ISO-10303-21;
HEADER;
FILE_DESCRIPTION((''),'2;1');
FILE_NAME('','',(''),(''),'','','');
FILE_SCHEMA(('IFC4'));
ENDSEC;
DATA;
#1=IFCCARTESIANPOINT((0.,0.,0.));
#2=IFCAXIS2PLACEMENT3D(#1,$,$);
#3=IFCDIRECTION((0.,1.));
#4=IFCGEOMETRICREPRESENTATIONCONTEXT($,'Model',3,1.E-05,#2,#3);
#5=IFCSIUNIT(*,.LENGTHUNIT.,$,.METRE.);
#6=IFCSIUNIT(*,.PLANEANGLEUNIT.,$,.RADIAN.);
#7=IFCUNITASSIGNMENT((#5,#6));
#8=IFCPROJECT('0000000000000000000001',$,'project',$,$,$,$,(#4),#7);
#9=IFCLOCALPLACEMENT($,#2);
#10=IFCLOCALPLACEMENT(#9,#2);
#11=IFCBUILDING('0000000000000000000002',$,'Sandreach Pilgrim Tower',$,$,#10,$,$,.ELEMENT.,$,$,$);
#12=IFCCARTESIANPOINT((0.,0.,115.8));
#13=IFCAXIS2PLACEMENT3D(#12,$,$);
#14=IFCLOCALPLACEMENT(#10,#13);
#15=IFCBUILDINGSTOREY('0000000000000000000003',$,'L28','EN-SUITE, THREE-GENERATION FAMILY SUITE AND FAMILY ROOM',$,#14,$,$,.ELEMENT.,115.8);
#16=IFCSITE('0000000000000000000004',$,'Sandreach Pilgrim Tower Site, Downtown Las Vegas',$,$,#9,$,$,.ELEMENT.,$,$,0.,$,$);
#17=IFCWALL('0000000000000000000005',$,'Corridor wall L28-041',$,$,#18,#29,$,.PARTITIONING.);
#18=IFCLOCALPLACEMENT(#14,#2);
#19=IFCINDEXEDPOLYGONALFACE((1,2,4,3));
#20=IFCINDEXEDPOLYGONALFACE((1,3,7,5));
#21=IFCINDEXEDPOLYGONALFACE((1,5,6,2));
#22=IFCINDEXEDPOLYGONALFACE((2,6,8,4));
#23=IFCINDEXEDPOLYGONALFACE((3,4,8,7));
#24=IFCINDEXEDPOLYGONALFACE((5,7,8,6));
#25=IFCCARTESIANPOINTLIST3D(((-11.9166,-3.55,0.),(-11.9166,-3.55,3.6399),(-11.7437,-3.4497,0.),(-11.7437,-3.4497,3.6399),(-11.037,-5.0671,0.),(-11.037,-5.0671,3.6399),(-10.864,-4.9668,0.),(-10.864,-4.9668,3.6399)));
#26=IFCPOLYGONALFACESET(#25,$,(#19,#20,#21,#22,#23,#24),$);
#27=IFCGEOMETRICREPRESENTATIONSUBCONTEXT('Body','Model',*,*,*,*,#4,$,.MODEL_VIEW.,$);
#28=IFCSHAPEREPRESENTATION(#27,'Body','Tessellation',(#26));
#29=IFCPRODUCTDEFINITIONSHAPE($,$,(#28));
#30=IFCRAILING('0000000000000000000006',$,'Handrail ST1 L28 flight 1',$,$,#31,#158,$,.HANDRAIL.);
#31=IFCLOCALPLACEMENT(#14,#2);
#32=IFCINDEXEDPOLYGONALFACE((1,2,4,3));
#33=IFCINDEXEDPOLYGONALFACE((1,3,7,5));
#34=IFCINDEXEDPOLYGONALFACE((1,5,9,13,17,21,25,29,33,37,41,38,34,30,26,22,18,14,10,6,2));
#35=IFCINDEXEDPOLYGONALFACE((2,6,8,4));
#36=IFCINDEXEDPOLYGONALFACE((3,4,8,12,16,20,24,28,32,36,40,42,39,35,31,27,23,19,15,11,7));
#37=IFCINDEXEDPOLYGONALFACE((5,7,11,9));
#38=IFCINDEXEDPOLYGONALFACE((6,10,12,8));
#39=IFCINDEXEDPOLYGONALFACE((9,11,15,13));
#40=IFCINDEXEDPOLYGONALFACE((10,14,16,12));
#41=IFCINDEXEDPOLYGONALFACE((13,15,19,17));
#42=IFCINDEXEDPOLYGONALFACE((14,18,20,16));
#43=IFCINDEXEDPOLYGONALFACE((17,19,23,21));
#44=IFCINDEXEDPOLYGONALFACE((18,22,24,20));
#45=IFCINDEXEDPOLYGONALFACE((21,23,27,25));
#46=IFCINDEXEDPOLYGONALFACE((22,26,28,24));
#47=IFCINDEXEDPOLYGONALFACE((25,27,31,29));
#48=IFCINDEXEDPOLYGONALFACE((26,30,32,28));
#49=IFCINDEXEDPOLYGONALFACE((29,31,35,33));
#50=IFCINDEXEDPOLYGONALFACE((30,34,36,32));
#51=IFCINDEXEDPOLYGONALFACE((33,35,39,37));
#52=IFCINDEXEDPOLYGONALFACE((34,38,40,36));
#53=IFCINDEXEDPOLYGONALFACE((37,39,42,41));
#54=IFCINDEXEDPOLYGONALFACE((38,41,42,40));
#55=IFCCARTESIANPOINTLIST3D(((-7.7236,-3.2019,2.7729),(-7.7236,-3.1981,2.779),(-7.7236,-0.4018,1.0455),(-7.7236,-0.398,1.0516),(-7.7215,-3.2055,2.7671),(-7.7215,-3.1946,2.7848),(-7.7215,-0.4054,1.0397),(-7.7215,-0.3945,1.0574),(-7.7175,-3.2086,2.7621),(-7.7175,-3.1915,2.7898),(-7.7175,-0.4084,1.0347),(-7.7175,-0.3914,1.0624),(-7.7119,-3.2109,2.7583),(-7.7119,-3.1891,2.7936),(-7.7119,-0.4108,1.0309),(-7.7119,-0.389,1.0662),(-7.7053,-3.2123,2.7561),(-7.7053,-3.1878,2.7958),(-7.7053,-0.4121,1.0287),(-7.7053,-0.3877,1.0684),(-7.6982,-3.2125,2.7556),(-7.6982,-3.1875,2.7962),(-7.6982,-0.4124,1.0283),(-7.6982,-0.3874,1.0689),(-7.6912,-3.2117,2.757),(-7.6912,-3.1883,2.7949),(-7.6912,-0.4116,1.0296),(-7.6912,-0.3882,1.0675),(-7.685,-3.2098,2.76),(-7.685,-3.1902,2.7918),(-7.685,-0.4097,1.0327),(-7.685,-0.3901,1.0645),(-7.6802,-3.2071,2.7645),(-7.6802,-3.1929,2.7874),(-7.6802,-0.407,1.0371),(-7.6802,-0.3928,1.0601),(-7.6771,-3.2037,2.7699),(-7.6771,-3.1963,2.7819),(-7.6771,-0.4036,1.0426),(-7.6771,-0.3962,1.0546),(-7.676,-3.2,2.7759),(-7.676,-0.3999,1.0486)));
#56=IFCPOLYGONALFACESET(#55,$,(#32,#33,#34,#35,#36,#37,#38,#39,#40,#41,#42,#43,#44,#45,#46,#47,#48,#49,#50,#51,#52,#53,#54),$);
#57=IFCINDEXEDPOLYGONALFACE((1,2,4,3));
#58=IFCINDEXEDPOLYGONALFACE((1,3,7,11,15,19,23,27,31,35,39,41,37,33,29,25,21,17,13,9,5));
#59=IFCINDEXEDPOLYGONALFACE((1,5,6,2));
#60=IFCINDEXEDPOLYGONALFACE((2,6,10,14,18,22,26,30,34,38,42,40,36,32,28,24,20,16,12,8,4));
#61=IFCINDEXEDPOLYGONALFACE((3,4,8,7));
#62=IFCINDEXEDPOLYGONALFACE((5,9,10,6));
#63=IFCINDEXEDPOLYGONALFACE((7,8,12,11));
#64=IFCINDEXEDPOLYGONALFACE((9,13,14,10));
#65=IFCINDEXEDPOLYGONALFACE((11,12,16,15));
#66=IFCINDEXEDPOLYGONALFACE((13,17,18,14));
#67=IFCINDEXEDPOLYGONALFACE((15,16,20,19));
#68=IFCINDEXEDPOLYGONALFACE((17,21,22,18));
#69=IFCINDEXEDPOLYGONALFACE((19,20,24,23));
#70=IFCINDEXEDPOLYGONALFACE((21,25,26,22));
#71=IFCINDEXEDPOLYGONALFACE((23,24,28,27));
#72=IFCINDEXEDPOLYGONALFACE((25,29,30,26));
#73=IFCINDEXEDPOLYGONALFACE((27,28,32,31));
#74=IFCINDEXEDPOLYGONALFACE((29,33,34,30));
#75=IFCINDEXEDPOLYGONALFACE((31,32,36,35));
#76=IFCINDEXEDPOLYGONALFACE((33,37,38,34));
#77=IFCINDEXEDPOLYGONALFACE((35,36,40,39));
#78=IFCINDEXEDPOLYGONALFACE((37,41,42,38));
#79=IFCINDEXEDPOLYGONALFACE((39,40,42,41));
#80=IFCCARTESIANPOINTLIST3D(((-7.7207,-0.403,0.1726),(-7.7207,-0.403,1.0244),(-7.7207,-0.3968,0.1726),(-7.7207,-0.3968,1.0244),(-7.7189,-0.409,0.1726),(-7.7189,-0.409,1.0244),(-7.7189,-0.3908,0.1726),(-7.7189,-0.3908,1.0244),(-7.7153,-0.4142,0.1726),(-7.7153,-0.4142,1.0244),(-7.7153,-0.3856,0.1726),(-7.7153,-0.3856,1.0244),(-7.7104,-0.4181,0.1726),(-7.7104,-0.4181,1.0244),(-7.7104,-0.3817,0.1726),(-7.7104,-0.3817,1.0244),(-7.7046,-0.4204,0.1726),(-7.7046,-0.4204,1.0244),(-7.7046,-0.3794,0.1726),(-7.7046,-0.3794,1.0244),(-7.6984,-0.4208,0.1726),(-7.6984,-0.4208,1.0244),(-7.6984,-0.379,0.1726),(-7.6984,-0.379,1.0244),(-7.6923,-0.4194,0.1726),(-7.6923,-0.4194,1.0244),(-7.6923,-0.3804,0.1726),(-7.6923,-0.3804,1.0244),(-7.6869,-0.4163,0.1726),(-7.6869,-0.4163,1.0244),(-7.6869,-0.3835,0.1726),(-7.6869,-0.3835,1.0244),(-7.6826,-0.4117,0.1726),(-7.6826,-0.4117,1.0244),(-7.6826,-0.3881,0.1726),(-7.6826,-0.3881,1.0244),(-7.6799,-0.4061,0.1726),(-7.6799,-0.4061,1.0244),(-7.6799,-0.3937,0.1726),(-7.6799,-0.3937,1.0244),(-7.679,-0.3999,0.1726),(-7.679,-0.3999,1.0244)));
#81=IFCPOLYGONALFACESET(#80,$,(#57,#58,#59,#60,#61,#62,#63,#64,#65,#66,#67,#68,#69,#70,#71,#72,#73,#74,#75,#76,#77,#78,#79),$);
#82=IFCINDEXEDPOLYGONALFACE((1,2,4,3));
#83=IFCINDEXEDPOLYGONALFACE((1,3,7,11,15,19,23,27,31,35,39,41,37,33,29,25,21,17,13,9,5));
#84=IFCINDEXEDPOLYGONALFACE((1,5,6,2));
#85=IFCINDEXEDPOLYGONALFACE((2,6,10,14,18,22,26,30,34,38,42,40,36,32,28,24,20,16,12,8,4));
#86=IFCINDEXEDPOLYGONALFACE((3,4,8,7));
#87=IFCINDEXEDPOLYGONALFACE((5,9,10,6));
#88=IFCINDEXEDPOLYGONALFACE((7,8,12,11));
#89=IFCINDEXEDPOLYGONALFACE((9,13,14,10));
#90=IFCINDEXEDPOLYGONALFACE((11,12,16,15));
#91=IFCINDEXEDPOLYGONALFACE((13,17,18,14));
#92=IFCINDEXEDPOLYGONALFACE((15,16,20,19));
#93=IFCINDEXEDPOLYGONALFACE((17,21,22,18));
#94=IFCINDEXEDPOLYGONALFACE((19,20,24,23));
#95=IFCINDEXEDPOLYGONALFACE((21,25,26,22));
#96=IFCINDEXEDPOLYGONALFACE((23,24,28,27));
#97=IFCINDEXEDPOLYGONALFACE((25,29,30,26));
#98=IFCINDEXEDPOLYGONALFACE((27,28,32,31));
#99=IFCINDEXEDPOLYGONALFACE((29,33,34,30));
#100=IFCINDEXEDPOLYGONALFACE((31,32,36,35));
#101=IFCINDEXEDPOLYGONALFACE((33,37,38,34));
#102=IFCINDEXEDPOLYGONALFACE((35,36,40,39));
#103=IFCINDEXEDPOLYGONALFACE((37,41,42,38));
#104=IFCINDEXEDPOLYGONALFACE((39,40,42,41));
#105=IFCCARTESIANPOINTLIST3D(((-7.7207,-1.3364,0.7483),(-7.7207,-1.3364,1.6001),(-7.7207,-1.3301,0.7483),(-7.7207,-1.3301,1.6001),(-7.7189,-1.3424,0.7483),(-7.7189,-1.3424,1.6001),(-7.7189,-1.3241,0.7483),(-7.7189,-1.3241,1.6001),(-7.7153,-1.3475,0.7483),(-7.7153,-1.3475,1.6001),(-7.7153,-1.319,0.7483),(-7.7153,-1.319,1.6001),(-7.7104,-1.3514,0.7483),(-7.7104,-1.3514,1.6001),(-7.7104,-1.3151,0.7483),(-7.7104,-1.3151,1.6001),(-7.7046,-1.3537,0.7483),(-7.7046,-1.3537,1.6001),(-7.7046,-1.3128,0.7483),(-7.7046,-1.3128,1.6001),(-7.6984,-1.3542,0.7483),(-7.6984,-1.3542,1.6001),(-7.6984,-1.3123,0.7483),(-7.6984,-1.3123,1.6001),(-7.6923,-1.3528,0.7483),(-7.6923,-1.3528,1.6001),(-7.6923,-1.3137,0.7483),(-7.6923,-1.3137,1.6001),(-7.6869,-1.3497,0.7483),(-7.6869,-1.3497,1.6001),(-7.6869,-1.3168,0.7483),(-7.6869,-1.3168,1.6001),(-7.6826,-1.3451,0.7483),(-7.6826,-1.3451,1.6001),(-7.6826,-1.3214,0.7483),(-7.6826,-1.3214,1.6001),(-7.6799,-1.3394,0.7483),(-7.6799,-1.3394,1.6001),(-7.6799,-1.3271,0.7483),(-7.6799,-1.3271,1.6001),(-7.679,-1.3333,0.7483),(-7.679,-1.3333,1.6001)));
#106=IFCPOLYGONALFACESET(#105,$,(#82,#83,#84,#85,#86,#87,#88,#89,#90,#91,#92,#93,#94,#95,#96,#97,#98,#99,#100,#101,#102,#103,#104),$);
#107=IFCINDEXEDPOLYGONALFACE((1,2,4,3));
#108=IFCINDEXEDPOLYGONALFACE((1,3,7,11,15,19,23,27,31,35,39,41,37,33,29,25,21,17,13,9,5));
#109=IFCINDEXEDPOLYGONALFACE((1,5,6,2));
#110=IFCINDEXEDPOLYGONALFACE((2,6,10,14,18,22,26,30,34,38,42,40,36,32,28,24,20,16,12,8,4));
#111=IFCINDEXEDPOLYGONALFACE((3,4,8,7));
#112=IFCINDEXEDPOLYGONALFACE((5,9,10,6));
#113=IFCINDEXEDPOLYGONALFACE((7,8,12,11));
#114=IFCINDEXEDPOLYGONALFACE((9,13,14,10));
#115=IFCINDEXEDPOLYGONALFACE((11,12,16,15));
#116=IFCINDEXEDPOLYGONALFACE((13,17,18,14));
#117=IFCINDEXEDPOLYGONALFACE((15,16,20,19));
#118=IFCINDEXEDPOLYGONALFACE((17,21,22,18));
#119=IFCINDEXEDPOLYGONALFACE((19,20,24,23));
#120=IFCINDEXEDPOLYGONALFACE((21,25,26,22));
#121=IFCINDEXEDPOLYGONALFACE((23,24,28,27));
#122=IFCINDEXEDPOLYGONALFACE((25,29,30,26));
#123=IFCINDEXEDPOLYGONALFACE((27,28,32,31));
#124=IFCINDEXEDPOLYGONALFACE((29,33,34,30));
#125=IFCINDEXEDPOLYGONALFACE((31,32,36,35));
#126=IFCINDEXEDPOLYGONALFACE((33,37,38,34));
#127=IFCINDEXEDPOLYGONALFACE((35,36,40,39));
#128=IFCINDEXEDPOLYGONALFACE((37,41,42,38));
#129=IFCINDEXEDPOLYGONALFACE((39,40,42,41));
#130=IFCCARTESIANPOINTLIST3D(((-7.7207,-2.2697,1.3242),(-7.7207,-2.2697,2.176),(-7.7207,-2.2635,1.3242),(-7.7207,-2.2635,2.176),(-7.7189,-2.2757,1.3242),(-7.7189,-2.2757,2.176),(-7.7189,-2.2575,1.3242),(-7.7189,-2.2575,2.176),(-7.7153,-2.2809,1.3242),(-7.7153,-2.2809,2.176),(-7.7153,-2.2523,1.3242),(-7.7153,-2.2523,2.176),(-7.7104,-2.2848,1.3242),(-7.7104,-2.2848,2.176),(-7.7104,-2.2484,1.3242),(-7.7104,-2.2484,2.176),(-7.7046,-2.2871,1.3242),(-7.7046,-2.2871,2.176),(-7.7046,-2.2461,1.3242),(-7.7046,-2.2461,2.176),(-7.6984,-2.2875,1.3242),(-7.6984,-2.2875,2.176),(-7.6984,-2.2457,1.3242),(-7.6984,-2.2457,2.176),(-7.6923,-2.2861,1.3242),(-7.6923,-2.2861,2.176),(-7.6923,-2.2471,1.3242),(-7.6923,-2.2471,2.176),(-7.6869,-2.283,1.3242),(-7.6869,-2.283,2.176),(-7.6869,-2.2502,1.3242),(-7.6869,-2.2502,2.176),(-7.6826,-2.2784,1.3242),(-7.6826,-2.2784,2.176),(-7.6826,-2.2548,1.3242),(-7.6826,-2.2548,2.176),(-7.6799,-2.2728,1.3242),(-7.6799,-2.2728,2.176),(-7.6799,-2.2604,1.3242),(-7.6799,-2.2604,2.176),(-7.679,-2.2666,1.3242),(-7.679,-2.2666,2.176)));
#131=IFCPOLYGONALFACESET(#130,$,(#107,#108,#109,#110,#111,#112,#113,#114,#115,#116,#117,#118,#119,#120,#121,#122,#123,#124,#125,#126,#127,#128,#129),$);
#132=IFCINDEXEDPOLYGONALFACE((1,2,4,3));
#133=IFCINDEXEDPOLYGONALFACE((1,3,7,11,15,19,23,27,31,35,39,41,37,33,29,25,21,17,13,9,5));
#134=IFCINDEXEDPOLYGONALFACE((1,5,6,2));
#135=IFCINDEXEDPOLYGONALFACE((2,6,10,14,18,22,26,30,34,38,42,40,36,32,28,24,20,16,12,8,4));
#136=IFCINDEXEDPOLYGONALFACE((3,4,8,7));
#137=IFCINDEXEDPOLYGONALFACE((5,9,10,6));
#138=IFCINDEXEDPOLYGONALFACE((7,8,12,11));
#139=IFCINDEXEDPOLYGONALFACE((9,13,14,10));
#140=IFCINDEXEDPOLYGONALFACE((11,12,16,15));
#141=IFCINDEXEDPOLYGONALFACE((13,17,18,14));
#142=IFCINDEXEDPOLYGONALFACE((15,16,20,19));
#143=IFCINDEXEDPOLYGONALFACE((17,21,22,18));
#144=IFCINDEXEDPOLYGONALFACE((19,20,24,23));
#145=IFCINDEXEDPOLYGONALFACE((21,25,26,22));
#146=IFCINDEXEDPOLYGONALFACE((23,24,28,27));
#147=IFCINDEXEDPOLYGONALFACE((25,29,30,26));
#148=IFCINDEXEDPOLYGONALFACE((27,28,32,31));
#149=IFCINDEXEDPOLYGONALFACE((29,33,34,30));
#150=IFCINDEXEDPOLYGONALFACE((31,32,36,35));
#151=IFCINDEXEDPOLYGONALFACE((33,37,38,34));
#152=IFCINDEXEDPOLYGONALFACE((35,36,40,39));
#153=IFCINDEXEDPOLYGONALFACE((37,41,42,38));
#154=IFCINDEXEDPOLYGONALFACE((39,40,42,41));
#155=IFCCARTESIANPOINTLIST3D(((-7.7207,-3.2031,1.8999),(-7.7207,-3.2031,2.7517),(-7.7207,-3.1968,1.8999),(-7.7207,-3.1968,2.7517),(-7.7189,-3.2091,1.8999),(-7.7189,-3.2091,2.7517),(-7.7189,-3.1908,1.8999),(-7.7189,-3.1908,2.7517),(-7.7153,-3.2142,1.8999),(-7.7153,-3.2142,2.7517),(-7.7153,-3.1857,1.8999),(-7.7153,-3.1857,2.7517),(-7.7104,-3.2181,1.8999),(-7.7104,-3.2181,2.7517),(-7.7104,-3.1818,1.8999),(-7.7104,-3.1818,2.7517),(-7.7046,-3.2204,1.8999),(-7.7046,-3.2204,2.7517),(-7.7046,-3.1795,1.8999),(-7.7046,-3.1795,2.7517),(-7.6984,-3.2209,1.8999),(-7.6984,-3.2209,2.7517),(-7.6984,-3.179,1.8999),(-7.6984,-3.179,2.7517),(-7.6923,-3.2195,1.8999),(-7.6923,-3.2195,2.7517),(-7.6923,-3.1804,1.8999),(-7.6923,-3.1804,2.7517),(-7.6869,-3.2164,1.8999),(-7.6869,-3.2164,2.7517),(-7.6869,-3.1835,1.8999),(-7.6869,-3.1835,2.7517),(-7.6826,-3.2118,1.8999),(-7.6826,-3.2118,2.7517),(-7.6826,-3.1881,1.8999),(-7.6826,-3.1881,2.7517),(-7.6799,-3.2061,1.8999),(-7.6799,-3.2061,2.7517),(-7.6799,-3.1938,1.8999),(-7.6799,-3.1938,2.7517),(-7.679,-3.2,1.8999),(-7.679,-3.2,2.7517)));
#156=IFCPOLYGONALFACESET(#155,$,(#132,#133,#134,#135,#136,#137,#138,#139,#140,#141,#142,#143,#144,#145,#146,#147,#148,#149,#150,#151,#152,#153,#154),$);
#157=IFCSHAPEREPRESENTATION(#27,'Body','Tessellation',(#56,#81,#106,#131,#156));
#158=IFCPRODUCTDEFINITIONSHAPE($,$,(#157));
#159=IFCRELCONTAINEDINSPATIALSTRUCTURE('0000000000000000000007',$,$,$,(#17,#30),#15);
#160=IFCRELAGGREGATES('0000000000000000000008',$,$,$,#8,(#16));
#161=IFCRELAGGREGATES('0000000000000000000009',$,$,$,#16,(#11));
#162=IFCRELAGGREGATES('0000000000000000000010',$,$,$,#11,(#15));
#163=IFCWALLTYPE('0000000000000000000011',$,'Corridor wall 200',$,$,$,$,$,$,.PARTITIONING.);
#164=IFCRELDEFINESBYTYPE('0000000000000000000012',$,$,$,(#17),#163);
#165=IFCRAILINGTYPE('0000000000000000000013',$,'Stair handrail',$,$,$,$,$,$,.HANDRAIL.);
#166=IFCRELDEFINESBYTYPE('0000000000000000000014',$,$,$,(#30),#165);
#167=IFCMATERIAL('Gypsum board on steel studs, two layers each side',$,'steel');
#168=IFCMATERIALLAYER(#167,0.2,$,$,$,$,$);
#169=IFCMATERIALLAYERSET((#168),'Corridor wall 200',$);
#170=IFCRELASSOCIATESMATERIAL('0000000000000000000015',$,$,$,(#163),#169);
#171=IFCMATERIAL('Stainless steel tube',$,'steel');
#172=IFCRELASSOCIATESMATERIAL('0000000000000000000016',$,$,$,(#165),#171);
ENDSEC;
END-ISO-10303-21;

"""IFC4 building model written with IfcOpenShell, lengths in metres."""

from ifc_helpers import new_model, si_unit, direction, frame, frame_2d, origin, origin_2d, place, context, subcontext, project, spatial, rectangle, circle, extrude, material, layer, layer_set, type_object, element, save


model = new_model("IFC4")

# Units and contexts
model_context = context("Model", 3, precision=1e-05, world=origin(), true_north=direction((0.0, 1.0)))
body_context = subcontext(model_context, "Body", "Model", "MODEL_VIEW")
ifc_project = project(units=[si_unit("LENGTHUNIT", "METRE"), si_unit("PLANEANGLEUNIT", "RADIAN")], contexts=[model_context])

# Site, building, storey
site_placement = place(None, origin())
site = spatial("IfcSite", under=ifc_project, at=site_placement, Name="Sandreach Pilgrim Tower Site, Downtown Las Vegas", CompositionType="ELEMENT", RefElevation=0.0)
building_placement = place(site_placement, origin())
building = spatial("IfcBuilding", under=site, at=building_placement, Name="Sandreach Pilgrim Tower", CompositionType="ELEMENT")
storey_placement = place(building_placement, frame((0.0, 0.0, 115.8)))
storey = spatial("IfcBuildingStorey", under=building, at=storey_placement, Name="L28", Description="EN-SUITE, THREE-GENERATION FAMILY SUITE AND FAMILY ROOM", CompositionType="ELEMENT", Elevation=115.8)

# Shared definitions
ifc_material_1 = material(Name="Gypsum board on steel studs, two layers each side", Category="steel")
ifc_layer_1 = layer(ifc_material_1, 0.2)
ifc_layer_set_1 = layer_set([ifc_layer_1], Name="Corridor wall 200")
wall_type_1 = type_object("IfcWallType", Name="Corridor wall 200", PredefinedType="PARTITIONING", material=ifc_layer_set_1)

# Wall
wall_1_placement = place(storey_placement, frame((-10.9504, -5.0171, 0.0), z_axis=(0.0, 0.0, 1.0), x_axis=(-0.501601, 0.865099, 0.0)))
element("IfcWall", 1, at=wall_1_placement, inside=storey, type_object=wall_type_1, Name="Corridor wall L28-041", PredefinedType="PARTITIONING", context=body_context, shape_type="SweptSolid", body=[
    extrude(rectangle(XDim=1.7537, YDim=0.2, at=frame_2d((0.877, 0.0))), origin(), (0.0, 0.0, 1.0), 3.6399),
])

# Railing
ifc_material_2 = material(Name="Stainless steel tube", Category="steel")
railing_type = type_object("IfcRailingType", Name="Stair handrail", PredefinedType="HANDRAIL", material=ifc_material_2)
railing_placement = place(storey_placement, frame((-7.7, -0.3999, 0.1726)))
element("IfcRailing", 2, at=railing_placement, inside=storey, type_object=railing_type, Name="Handrail ST1 L28 flight 1", PredefinedType="HANDRAIL", context=body_context, shape_type="SweptSolid", body=[
    extrude(circle(Radius=0.0239, at=origin_2d()), frame((0.0, 0.0, 0.876), z_axis=(0.0, -0.85109, 0.52502), x_axis=(1.0, 0.0, 0.0)), (0.0, 0.0, 1.0), 3.29),
    extrude(circle(Radius=0.021, at=origin_2d()), origin(), (0.0, 0.0, 1.0), 0.8518),
    extrude(circle(Radius=0.021, at=origin_2d()), frame((0.0, -0.9333, 0.5757)), (0.0, 0.0, 1.0), 0.8518),
    extrude(circle(Radius=0.021, at=origin_2d()), frame((0.0, -1.8667, 1.1516)), (0.0, 0.0, 1.0), 0.8518),
    extrude(circle(Radius=0.021, at=origin_2d()), frame((0.0, -2.8, 1.7273)), (0.0, 0.0, 1.0), 0.8518),
])

save(model, "model.ifc")
